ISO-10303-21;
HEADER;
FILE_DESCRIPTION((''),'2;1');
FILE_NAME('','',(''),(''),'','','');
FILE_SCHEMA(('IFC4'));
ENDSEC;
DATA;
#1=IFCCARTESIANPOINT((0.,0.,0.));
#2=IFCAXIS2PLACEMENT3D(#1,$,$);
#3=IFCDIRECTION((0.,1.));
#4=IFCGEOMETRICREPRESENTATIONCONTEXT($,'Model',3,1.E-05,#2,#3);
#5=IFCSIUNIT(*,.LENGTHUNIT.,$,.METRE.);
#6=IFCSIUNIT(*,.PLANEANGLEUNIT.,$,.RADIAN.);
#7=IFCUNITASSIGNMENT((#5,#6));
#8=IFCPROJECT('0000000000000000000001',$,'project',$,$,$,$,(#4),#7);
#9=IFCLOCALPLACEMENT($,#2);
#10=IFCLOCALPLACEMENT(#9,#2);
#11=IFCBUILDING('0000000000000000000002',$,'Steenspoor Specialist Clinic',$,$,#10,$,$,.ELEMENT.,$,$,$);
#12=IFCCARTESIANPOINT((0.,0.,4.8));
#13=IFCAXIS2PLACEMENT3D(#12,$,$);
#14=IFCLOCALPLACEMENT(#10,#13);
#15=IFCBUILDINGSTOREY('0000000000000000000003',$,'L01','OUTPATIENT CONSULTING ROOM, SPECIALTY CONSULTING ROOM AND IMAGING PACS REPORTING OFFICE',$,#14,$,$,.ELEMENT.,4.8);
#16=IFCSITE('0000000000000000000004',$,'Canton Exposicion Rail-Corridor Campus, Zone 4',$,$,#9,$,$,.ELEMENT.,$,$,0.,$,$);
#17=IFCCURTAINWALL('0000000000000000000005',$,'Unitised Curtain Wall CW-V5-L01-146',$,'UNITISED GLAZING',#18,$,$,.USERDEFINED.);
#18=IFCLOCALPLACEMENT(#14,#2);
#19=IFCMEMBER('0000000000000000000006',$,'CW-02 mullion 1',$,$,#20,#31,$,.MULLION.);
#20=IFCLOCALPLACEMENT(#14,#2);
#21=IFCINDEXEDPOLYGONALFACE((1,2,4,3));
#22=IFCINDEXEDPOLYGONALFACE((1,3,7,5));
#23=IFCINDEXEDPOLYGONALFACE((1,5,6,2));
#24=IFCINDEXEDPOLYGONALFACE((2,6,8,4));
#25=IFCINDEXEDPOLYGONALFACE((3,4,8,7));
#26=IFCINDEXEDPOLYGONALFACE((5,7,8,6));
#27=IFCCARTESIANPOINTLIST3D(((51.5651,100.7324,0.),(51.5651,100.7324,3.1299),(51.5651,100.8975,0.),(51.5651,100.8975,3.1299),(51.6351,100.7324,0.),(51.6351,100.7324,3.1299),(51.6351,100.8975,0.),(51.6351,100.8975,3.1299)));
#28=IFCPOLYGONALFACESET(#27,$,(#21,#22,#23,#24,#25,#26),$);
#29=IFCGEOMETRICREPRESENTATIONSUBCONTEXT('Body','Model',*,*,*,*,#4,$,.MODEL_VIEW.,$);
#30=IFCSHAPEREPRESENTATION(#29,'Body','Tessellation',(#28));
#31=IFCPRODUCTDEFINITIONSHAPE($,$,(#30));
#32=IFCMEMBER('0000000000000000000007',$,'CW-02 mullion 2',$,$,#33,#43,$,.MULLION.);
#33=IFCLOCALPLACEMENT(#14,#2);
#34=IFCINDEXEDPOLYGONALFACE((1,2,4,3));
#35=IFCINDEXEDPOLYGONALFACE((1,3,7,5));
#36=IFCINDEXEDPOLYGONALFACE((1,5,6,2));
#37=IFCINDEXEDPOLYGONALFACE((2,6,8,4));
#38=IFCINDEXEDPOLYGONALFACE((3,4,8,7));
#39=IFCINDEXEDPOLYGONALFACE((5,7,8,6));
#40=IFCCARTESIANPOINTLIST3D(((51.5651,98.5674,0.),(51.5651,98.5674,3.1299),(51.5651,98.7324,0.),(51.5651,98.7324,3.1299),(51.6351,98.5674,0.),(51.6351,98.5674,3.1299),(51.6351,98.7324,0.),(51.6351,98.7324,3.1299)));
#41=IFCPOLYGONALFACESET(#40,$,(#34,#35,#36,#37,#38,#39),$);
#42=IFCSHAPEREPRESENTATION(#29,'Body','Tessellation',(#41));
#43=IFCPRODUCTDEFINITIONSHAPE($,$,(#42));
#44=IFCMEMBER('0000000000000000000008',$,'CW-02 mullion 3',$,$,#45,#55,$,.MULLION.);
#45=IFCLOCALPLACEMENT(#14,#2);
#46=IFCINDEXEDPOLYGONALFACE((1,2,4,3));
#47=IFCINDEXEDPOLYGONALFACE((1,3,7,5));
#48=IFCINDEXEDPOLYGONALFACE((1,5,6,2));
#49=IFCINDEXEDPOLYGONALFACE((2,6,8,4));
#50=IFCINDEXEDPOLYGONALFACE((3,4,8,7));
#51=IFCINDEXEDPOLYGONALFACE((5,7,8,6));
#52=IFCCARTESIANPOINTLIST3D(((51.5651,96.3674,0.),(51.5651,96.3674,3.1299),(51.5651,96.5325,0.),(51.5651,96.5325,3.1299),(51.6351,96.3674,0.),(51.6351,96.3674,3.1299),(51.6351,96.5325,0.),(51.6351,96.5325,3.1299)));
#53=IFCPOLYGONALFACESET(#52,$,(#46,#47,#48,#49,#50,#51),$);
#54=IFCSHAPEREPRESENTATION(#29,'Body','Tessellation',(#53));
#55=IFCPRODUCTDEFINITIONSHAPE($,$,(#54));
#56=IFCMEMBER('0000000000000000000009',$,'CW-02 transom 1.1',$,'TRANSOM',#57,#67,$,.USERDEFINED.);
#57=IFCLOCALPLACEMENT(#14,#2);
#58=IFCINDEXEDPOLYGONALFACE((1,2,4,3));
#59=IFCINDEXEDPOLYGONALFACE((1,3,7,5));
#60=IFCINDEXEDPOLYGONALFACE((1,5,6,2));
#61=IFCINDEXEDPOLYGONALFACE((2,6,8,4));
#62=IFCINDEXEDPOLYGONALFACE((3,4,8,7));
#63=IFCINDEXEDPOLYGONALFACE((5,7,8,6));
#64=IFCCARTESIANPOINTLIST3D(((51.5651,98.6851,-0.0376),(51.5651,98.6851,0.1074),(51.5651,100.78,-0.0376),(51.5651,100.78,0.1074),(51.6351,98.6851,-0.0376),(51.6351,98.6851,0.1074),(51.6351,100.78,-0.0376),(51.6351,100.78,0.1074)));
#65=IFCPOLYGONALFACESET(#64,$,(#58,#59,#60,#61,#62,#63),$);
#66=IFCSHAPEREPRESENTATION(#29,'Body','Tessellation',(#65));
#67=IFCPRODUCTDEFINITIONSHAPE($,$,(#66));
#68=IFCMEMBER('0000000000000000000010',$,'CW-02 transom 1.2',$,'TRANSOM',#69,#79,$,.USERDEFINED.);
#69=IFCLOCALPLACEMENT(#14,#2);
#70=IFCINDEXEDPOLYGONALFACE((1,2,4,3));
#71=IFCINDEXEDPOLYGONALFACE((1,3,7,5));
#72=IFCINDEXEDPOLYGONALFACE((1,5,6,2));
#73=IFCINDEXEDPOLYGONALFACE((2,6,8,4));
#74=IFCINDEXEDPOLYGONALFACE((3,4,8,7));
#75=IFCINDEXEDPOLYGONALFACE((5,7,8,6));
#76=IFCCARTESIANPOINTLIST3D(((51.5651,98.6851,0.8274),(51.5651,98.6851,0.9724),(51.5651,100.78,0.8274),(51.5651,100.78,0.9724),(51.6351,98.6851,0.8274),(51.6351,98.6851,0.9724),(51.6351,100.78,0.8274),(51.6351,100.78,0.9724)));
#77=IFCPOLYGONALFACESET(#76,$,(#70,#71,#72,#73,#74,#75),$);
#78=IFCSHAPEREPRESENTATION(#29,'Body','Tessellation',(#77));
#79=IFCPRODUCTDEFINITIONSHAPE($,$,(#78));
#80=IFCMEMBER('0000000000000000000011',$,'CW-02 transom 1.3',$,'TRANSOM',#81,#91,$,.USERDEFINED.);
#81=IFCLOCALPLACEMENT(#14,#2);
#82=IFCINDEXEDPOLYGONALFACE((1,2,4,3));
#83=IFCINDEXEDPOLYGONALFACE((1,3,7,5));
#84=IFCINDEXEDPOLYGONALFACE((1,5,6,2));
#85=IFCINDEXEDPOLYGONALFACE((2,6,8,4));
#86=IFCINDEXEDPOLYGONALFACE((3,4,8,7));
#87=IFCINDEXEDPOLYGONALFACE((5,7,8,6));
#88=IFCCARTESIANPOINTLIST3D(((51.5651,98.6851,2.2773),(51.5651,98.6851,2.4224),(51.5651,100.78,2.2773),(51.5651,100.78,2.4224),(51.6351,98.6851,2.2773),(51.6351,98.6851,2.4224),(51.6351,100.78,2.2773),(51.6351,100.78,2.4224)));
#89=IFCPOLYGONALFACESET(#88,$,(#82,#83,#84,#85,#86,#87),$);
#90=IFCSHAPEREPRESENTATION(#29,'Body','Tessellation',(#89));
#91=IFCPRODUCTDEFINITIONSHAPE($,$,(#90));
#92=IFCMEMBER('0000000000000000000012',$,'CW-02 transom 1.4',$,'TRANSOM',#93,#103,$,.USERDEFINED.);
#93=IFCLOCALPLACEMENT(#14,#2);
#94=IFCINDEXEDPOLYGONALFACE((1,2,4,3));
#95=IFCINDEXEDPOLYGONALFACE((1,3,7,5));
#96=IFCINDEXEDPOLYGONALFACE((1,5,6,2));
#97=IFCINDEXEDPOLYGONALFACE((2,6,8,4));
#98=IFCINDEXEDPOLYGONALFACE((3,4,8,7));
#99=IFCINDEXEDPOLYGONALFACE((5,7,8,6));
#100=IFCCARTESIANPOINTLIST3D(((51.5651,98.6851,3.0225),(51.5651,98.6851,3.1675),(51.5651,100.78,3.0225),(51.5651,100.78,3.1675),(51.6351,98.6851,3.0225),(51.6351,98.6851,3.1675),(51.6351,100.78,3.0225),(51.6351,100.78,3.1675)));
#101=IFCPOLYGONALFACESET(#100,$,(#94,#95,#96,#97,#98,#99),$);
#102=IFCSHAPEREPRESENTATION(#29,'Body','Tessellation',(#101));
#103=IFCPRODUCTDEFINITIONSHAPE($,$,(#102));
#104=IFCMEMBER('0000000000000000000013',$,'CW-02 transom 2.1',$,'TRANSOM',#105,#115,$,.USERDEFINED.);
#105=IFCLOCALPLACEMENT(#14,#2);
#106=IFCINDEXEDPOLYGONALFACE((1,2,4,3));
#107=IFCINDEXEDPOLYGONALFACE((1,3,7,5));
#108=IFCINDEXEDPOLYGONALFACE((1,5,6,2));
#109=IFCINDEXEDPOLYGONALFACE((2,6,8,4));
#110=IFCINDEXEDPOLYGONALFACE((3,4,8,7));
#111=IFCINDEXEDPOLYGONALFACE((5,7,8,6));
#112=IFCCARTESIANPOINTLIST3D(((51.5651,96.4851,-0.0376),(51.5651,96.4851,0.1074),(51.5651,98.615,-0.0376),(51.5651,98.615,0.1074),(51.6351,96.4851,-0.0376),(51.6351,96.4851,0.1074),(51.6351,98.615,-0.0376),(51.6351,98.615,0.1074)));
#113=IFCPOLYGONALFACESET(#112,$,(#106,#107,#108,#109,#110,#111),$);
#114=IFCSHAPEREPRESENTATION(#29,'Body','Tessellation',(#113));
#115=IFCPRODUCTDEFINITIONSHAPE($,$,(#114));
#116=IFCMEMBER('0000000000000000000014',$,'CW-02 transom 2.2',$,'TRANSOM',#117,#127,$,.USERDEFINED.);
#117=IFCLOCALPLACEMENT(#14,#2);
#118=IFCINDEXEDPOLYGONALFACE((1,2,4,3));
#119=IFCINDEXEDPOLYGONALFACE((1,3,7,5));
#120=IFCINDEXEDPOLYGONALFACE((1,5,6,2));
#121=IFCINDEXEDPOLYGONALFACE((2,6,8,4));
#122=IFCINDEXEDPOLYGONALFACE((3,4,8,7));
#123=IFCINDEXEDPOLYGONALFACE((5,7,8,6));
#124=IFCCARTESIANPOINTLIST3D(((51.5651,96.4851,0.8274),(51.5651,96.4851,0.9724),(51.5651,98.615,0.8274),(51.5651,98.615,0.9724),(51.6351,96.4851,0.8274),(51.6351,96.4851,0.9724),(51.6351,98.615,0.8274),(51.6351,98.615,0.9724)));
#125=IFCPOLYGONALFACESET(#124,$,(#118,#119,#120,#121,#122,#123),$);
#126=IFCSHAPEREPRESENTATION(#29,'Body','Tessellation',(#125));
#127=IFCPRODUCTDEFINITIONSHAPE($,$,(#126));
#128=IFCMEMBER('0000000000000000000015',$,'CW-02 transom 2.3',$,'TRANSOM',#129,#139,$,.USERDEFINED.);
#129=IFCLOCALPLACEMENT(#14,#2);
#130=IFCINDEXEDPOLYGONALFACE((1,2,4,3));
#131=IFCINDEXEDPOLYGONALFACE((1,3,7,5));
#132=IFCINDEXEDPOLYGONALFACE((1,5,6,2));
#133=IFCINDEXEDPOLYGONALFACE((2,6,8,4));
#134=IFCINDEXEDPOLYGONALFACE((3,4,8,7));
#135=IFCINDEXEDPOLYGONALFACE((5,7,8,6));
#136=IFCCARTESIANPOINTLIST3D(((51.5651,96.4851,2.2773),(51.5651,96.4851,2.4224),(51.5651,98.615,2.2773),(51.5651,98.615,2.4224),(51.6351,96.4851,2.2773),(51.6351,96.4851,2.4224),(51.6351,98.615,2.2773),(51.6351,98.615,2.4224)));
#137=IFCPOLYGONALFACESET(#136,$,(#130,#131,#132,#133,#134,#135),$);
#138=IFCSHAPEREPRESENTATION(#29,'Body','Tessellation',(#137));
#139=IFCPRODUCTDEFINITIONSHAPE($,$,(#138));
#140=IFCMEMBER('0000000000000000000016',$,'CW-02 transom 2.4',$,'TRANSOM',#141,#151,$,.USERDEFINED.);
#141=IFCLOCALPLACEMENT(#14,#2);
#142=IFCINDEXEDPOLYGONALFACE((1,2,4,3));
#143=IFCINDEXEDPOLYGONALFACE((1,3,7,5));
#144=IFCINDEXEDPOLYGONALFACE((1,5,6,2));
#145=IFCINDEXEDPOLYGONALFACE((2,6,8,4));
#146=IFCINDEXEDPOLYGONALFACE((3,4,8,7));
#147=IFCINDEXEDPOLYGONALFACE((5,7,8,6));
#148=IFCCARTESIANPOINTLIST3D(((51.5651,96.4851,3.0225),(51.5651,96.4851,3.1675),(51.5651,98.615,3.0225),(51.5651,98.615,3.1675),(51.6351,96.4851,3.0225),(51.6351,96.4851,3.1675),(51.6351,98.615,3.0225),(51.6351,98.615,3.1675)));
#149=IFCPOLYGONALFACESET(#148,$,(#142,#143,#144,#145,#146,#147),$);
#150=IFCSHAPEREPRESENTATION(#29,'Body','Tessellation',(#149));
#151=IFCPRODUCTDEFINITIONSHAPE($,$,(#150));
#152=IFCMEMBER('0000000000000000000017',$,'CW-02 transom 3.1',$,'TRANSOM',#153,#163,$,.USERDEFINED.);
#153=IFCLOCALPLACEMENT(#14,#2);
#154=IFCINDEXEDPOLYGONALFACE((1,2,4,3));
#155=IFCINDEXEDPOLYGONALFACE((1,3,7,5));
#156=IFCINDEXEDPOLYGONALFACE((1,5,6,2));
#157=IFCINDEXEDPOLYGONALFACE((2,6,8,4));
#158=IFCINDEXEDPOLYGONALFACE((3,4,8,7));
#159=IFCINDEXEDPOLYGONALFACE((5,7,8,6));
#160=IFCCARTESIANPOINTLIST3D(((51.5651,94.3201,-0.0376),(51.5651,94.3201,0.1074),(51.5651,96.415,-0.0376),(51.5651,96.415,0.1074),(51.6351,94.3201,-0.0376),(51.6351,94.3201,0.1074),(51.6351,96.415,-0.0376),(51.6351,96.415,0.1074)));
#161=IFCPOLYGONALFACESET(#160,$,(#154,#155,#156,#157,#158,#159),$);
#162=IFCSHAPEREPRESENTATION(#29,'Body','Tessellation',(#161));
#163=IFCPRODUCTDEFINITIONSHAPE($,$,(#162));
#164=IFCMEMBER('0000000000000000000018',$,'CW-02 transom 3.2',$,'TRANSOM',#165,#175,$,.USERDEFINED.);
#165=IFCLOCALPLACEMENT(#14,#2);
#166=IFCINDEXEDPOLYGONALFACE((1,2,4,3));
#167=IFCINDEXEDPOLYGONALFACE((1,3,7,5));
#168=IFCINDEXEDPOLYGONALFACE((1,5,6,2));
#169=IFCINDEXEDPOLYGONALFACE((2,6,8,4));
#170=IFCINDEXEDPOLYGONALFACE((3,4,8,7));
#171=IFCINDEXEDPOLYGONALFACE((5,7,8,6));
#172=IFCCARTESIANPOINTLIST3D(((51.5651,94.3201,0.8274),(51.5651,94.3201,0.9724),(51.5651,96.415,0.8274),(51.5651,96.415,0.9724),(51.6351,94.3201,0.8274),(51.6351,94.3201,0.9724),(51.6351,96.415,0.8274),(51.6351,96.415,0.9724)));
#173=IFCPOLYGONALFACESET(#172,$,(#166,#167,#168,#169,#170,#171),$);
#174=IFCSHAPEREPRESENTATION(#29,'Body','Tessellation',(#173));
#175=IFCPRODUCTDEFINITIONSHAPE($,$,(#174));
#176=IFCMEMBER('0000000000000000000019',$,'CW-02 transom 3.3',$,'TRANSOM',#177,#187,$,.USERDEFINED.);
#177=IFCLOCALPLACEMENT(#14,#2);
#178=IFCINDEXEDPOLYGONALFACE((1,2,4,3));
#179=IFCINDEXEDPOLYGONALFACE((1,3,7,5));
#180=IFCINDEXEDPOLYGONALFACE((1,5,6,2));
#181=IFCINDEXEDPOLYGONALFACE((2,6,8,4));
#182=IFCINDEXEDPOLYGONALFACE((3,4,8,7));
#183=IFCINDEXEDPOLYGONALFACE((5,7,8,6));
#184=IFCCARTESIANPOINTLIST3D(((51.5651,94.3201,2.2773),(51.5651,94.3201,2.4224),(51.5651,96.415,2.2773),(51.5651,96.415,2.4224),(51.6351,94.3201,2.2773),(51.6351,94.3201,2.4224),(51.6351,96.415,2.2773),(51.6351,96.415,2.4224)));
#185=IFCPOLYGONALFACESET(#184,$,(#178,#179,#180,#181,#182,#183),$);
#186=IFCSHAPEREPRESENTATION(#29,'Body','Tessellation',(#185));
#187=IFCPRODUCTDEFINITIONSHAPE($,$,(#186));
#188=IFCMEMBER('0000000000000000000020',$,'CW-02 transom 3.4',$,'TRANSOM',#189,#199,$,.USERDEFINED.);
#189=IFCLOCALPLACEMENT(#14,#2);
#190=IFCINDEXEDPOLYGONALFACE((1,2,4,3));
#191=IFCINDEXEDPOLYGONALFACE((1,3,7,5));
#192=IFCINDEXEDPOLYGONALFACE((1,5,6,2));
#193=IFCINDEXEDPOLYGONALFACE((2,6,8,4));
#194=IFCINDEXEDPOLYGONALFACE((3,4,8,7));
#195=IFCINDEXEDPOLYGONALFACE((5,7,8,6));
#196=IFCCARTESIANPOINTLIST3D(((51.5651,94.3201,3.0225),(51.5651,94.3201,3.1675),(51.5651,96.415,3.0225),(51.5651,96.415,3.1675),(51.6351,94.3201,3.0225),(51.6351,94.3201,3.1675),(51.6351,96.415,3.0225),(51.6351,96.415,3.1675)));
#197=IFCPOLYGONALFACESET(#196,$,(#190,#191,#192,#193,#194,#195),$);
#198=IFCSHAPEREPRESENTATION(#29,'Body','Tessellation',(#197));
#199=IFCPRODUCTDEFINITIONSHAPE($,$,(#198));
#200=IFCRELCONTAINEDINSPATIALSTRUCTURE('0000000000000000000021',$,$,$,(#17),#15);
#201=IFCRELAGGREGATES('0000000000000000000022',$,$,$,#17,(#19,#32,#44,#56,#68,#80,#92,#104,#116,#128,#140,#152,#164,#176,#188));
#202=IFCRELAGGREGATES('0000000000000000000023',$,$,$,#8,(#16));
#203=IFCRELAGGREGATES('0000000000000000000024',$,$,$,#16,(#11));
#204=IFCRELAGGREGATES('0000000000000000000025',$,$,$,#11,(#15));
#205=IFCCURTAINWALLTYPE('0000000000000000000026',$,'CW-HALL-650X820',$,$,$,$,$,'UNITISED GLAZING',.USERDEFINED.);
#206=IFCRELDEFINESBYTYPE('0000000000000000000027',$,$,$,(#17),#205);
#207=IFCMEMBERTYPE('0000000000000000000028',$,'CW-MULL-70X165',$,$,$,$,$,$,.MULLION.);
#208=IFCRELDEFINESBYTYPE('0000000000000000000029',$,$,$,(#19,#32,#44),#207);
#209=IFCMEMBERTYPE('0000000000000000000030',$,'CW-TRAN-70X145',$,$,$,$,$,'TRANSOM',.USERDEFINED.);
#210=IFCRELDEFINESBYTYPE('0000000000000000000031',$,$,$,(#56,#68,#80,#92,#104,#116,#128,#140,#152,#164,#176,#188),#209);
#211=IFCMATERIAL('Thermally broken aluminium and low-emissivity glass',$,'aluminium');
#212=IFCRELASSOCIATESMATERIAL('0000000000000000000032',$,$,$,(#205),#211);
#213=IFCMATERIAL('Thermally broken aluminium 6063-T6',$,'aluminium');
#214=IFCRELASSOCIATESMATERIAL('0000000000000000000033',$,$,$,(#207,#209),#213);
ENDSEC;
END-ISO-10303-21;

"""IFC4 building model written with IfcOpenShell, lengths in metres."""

from ifc_helpers import new_model, si_unit, direction, frame, origin, origin_2d, place, context, subcontext, project, spatial, rectangle, extrude, material, material_profile, profile_set, type_object, element, aggregate, save


model = new_model("IFC4")

# Units and contexts
model_context = context("Model", 3, precision=1e-05, world=origin(), true_north=direction((0.0, 1.0)))
body_context = subcontext(model_context, "Body", "Model", "MODEL_VIEW")
ifc_project = project(units=[si_unit("LENGTHUNIT", "METRE"), si_unit("PLANEANGLEUNIT", "RADIAN")], contexts=[model_context])

# Site, building, storey
site_placement = place(None, origin())
site = spatial("IfcSite", under=ifc_project, at=site_placement, Name="Canton Exposicion Rail-Corridor Campus, Zone 4", CompositionType="ELEMENT", RefElevation=0.0)
building_placement = place(site_placement, origin())
building = spatial("IfcBuilding", under=site, at=building_placement, Name="Steenspoor Specialist Clinic", CompositionType="ELEMENT")
storey_placement = place(building_placement, frame((0.0, 0.0, 4.8)))
storey = spatial("IfcBuildingStorey", under=building, at=storey_placement, Name="L01", Description="OUTPATIENT CONSULTING ROOM, SPECIALTY CONSULTING ROOM AND IMAGING PACS REPORTING OFFICE", CompositionType="ELEMENT", Elevation=4.8)

# Curtain wall, members
ifc_material_1 = material(Name="Thermally broken aluminium and low-emissivity glass", Category="aluminium")
curtain_wall_type = type_object("IfcCurtainWallType", Name="CW-HALL-650X820", ElementType="UNITISED GLAZING", PredefinedType="USERDEFINED", material=ifc_material_1)
curtain_wall_placement = place(storey_placement, origin())
curtain_wall = element("IfcCurtainWall", 1, at=curtain_wall_placement, inside=storey, type_object=curtain_wall_type, Name="Unitised Curtain Wall CW-V5-L01-146", ObjectType="UNITISED GLAZING", PredefinedType="USERDEFINED")
ifc_material_2 = material(Name="Thermally broken aluminium 6063-T6", Category="aluminium")
ifc_material_profile_1 = material_profile(ifc_material_2, rectangle(XDim=0.0701, YDim=0.165, at=origin_2d()), Name="CWM-70X165")
ifc_profile_set_1 = profile_set([ifc_material_profile_1], Name="Thermally broken aluminium 6063-T6")
member_type_1 = type_object("IfcMemberType", Name="CW-MULL-70X165", PredefinedType="MULLION", material=ifc_profile_set_1)
member_1_placement = place(storey_placement, frame((51.6001, 100.8149, 0.0), z_axis=(0.0, 0.0, 1.0), x_axis=(1.0, 0.0, 0.0)))
member_1 = element("IfcMember", 2, at=member_1_placement, type_object=member_type_1, Name="CW-02 mullion 1", PredefinedType="MULLION", context=body_context, shape_type="SweptSolid", body=[
    extrude(rectangle(XDim=0.0701, YDim=0.165, at=origin_2d()), origin(), (0.0, 0.0, 1.0), 3.1299),
])
member_2_placement = place(storey_placement, frame((51.6001, 98.6499, 0.0), z_axis=(0.0, 0.0, 1.0), x_axis=(1.0, 0.0, 0.0)))
member_2 = element("IfcMember", 3, at=member_2_placement, type_object=member_type_1, Name="CW-02 mullion 2", PredefinedType="MULLION", context=body_context, shape_type="SweptSolid", body=[
    extrude(rectangle(XDim=0.0701, YDim=0.165, at=origin_2d()), origin(), (0.0, 0.0, 1.0), 3.1299),
])
member_3_placement = place(storey_placement, frame((51.6001, 96.45, 0.0), z_axis=(0.0, 0.0, 1.0), x_axis=(1.0, 0.0, 0.0)))
member_3 = element("IfcMember", 4, at=member_3_placement, type_object=member_type_1, Name="CW-02 mullion 3", PredefinedType="MULLION", context=body_context, shape_type="SweptSolid", body=[
    extrude(rectangle(XDim=0.0701, YDim=0.165, at=origin_2d()), origin(), (0.0, 0.0, 1.0), 3.1299),
])
ifc_material_profile_2 = material_profile(ifc_material_2, rectangle(XDim=0.0701, YDim=0.145, at=origin_2d()), Name="CWT-70X145")
ifc_profile_set_2 = profile_set([ifc_material_profile_2], Name="Thermally broken aluminium 6063-T6")
member_type_2 = type_object("IfcMemberType", Name="CW-TRAN-70X145", ElementType="TRANSOM", PredefinedType="USERDEFINED", material=ifc_profile_set_2)
member_4_placement = place(storey_placement, frame((51.6001, 100.78, 0.0349), z_axis=(0.0, -1.0, 0.0), x_axis=(1.0, 0.0, 0.0)))
member_4 = element("IfcMember", 5, at=member_4_placement, type_object=member_type_2, Name="CW-02 transom 1.1", ObjectType="TRANSOM", PredefinedType="USERDEFINED", context=body_context, shape_type="SweptSolid", body=[
    extrude(rectangle(XDim=0.0701, YDim=0.145, at=origin_2d()), origin(), (0.0, 0.0, 1.0), 2.095),
])
member_5_placement = place(storey_placement, frame((51.6001, 100.78, 0.8999), z_axis=(0.0, -1.0, 0.0), x_axis=(1.0, 0.0, 0.0)))
member_5 = element("IfcMember", 6, at=member_5_placement, type_object=member_type_2, Name="CW-02 transom 1.2", ObjectType="TRANSOM", PredefinedType="USERDEFINED", context=body_context, shape_type="SweptSolid", body=[
    extrude(rectangle(XDim=0.0701, YDim=0.145, at=origin_2d()), origin(), (0.0, 0.0, 1.0), 2.095),
])
member_6_placement = place(storey_placement, frame((51.6001, 100.78, 2.3499), z_axis=(0.0, -1.0, 0.0), x_axis=(1.0, 0.0, 0.0)))
member_6 = element("IfcMember", 7, at=member_6_placement, type_object=member_type_2, Name="CW-02 transom 1.3", ObjectType="TRANSOM", PredefinedType="USERDEFINED", context=body_context, shape_type="SweptSolid", body=[
    extrude(rectangle(XDim=0.0701, YDim=0.145, at=origin_2d()), origin(), (0.0, 0.0, 1.0), 2.095),
])
member_7_placement = place(storey_placement, frame((51.6001, 100.78, 3.095), z_axis=(0.0, -1.0, 0.0), x_axis=(1.0, 0.0, 0.0)))
member_7 = element("IfcMember", 8, at=member_7_placement, type_object=member_type_2, Name="CW-02 transom 1.4", ObjectType="TRANSOM", PredefinedType="USERDEFINED", context=body_context, shape_type="SweptSolid", body=[
    extrude(rectangle(XDim=0.0701, YDim=0.145, at=origin_2d()), origin(), (0.0, 0.0, 1.0), 2.095),
])
member_8_placement = place(storey_placement, frame((51.6001, 98.615, 0.0349), z_axis=(0.0, -1.0, 0.0), x_axis=(1.0, 0.0, 0.0)))
member_8 = element("IfcMember", 9, at=member_8_placement, type_object=member_type_2, Name="CW-02 transom 2.1", ObjectType="TRANSOM", PredefinedType="USERDEFINED", context=body_context, shape_type="SweptSolid", body=[
    extrude(rectangle(XDim=0.0701, YDim=0.145, at=origin_2d()), origin(), (0.0, 0.0, 1.0), 2.1299),
])
member_9_placement = place(storey_placement, frame((51.6001, 98.615, 0.8999), z_axis=(0.0, -1.0, 0.0), x_axis=(1.0, 0.0, 0.0)))
member_9 = element("IfcMember", 10, at=member_9_placement, type_object=member_type_2, Name="CW-02 transom 2.2", ObjectType="TRANSOM", PredefinedType="USERDEFINED", context=body_context, shape_type="SweptSolid", body=[
    extrude(rectangle(XDim=0.0701, YDim=0.145, at=origin_2d()), origin(), (0.0, 0.0, 1.0), 2.1299),
])
member_10_placement = place(storey_placement, frame((51.6001, 98.615, 2.3499), z_axis=(0.0, -1.0, 0.0), x_axis=(1.0, 0.0, 0.0)))
member_10 = element("IfcMember", 11, at=member_10_placement, type_object=member_type_2, Name="CW-02 transom 2.3", ObjectType="TRANSOM", PredefinedType="USERDEFINED", context=body_context, shape_type="SweptSolid", body=[
    extrude(rectangle(XDim=0.0701, YDim=0.145, at=origin_2d()), origin(), (0.0, 0.0, 1.0), 2.1299),
])
member_11_placement = place(storey_placement, frame((51.6001, 98.615, 3.095), z_axis=(0.0, -1.0, 0.0), x_axis=(1.0, 0.0, 0.0)))
member_11 = element("IfcMember", 12, at=member_11_placement, type_object=member_type_2, Name="CW-02 transom 2.4", ObjectType="TRANSOM", PredefinedType="USERDEFINED", context=body_context, shape_type="SweptSolid", body=[
    extrude(rectangle(XDim=0.0701, YDim=0.145, at=origin_2d()), origin(), (0.0, 0.0, 1.0), 2.1299),
])
member_12_placement = place(storey_placement, frame((51.6001, 96.415, 0.0349), z_axis=(0.0, -1.0, 0.0), x_axis=(1.0, 0.0, 0.0)))
member_12 = element("IfcMember", 13, at=member_12_placement, type_object=member_type_2, Name="CW-02 transom 3.1", ObjectType="TRANSOM", PredefinedType="USERDEFINED", context=body_context, shape_type="SweptSolid", body=[
    extrude(rectangle(XDim=0.0701, YDim=0.145, at=origin_2d()), origin(), (0.0, 0.0, 1.0), 2.095),
])
member_13_placement = place(storey_placement, frame((51.6001, 96.415, 0.8999), z_axis=(0.0, -1.0, 0.0), x_axis=(1.0, 0.0, 0.0)))
member_13 = element("IfcMember", 14, at=member_13_placement, type_object=member_type_2, Name="CW-02 transom 3.2", ObjectType="TRANSOM", PredefinedType="USERDEFINED", context=body_context, shape_type="SweptSolid", body=[
    extrude(rectangle(XDim=0.0701, YDim=0.145, at=origin_2d()), origin(), (0.0, 0.0, 1.0), 2.095),
])
member_14_placement = place(storey_placement, frame((51.6001, 96.415, 2.3499), z_axis=(0.0, -1.0, 0.0), x_axis=(1.0, 0.0, 0.0)))
member_14 = element("IfcMember", 15, at=member_14_placement, type_object=member_type_2, Name="CW-02 transom 3.3", ObjectType="TRANSOM", PredefinedType="USERDEFINED", context=body_context, shape_type="SweptSolid", body=[
    extrude(rectangle(XDim=0.0701, YDim=0.145, at=origin_2d()), origin(), (0.0, 0.0, 1.0), 2.095),
])
member_15_placement = place(storey_placement, frame((51.6001, 96.415, 3.095), z_axis=(0.0, -1.0, 0.0), x_axis=(1.0, 0.0, 0.0)))
member_15 = element("IfcMember", 16, at=member_15_placement, type_object=member_type_2, Name="CW-02 transom 3.4", ObjectType="TRANSOM", PredefinedType="USERDEFINED", context=body_context, shape_type="SweptSolid", body=[
    extrude(rectangle(XDim=0.0701, YDim=0.145, at=origin_2d()), origin(), (0.0, 0.0, 1.0), 2.095),
])

aggregate(curtain_wall, [member_1, member_2, member_3, member_4, member_5, member_6, member_7, member_8, member_9, member_10, member_11, member_12, member_13, member_14, member_15])

save(model, "model.ifc")
